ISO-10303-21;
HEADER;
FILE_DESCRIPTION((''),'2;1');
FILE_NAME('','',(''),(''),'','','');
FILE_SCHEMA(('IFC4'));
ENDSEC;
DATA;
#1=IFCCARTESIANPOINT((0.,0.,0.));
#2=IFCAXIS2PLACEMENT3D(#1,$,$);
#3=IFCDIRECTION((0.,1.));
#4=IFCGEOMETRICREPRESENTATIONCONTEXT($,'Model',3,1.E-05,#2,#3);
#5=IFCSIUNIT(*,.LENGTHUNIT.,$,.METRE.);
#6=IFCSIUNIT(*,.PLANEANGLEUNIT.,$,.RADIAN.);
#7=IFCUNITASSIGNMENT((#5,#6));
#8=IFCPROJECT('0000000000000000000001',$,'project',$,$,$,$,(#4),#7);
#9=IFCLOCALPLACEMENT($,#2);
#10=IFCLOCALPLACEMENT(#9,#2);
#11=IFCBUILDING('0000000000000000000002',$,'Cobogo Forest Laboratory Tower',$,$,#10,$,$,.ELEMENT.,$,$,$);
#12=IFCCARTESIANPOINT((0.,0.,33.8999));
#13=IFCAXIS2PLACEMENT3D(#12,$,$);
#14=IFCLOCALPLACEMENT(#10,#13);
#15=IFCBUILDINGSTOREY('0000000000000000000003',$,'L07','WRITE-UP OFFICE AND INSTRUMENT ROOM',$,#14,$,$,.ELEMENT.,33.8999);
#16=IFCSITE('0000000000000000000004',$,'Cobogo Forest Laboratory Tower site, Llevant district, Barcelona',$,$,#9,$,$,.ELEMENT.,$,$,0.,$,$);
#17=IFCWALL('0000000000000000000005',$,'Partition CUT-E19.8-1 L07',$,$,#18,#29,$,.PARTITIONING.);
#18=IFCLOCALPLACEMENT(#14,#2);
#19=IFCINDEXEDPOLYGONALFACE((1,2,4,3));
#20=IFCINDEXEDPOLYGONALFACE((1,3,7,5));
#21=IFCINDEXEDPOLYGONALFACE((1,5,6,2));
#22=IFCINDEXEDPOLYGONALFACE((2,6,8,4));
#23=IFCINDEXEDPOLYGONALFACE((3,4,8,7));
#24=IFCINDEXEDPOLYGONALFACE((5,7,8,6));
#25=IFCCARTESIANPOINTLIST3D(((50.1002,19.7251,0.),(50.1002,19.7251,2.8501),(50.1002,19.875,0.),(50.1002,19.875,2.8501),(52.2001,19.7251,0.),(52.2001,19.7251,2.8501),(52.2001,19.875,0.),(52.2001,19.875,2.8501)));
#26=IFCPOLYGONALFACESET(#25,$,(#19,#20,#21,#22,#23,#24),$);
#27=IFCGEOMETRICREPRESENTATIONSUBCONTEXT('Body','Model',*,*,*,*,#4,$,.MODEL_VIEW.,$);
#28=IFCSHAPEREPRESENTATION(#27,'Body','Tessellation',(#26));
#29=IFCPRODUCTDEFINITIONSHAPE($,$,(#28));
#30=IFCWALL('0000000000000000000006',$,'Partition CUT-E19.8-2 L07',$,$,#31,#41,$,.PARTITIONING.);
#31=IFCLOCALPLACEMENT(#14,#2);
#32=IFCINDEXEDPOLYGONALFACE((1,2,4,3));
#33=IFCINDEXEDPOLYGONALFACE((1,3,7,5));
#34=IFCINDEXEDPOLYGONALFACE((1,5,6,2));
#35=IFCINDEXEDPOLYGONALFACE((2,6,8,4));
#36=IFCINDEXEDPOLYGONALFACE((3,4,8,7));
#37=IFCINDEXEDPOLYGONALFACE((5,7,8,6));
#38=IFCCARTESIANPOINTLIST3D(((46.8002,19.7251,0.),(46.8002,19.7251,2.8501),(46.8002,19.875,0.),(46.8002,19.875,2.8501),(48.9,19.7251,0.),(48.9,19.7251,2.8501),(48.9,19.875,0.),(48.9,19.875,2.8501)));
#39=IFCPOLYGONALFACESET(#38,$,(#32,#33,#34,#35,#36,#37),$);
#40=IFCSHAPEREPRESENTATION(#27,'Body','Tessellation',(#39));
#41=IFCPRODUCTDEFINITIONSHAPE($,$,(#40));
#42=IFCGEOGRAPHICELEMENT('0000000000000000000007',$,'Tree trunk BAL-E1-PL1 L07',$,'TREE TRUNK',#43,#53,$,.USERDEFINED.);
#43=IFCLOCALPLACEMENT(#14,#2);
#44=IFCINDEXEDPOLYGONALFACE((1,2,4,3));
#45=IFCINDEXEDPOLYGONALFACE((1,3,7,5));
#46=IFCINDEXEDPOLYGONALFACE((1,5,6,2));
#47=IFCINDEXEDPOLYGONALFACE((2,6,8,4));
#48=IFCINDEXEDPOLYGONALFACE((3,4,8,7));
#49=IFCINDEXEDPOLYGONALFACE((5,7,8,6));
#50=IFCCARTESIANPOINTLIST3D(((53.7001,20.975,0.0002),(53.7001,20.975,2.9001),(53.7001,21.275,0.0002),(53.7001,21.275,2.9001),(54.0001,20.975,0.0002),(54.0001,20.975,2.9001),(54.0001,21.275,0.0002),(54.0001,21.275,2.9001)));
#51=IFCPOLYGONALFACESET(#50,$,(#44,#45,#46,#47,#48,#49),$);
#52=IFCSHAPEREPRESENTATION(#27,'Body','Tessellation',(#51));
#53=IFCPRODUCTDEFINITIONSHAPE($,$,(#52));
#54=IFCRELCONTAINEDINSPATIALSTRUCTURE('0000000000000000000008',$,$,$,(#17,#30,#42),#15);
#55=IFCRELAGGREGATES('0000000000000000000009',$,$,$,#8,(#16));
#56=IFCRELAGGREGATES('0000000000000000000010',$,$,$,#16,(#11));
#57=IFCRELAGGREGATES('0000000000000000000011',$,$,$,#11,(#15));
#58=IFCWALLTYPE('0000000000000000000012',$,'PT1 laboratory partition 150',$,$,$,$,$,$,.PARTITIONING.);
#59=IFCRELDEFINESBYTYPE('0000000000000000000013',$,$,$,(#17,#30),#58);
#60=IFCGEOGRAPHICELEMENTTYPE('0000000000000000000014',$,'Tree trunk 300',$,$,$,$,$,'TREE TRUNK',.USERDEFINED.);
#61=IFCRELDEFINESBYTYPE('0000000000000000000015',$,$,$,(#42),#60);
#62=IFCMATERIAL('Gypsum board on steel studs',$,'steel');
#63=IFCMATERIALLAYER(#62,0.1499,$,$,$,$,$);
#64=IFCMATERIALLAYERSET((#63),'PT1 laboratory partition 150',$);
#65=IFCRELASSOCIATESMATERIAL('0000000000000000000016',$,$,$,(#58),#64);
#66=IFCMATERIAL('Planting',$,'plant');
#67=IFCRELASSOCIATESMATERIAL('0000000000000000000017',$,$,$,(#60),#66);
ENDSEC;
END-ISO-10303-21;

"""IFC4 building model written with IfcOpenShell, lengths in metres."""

from ifc_helpers import new_model, si_unit, direction, frame, frame_2d, origin, origin_2d, place, context, subcontext, project, spatial, rectangle, extrude, material, layer, layer_set, type_object, element, save


model = new_model("IFC4")

# Units and contexts
model_context = context("Model", 3, precision=1e-05, world=origin(), true_north=direction((0.0, 1.0)))
body_context = subcontext(model_context, "Body", "Model", "MODEL_VIEW")
ifc_project = project(units=[si_unit("LENGTHUNIT", "METRE"), si_unit("PLANEANGLEUNIT", "RADIAN")], contexts=[model_context])

# Site, building, storey
site_placement = place(None, origin())
site = spatial("IfcSite", under=ifc_project, at=site_placement, Name="Cobogo Forest Laboratory Tower site, Llevant district, Barcelona", CompositionType="ELEMENT", RefElevation=0.0)
building_placement = place(site_placement, origin())
building = spatial("IfcBuilding", under=site, at=building_placement, Name="Cobogo Forest Laboratory Tower", CompositionType="ELEMENT")
storey_placement = place(building_placement, frame((0.0, 0.0, 33.8999)))
storey = spatial("IfcBuildingStorey", under=building, at=storey_placement, Name="L07", Description="WRITE-UP OFFICE AND INSTRUMENT ROOM", CompositionType="ELEMENT", Elevation=33.8999)

# Walls
ifc_material_1 = material(Name="Gypsum board on steel studs", Category="steel")
ifc_layer_1 = layer(ifc_material_1, 0.1499)
ifc_layer_set_1 = layer_set([ifc_layer_1], Name="PT1 laboratory partition 150")
wall_type_1 = type_object("IfcWallType", Name="PT1 laboratory partition 150", PredefinedType="PARTITIONING", material=ifc_layer_set_1)
for number, where, z_axis, x_axis, name in (
    (1, (52.2, 19.8, 0.0), (0.0, 0.0, 1.0), (-1.0, 0.0, 0.0), "Partition CUT-E19.8-1 L07"),
    (2, (48.8999, 19.8, 0.0), (0.0, 0.0, 1.0), (-1.0, 0.0, 0.0), "Partition CUT-E19.8-2 L07"),
):
    element("IfcWall", number, at=place(storey_placement, frame(where, z_axis=z_axis, x_axis=x_axis)), inside=storey, type_object=wall_type_1, Name=name, PredefinedType="PARTITIONING", context=body_context, shape_type="SweptSolid", body=[
        extrude(rectangle(XDim=2.0999, YDim=0.1499, at=frame_2d((1.0498, 0.0))), origin(), (0.0, 0.0, 1.0), 2.8501),
    ])

# Geographic element
ifc_material_2 = material(Name="Planting", Category="plant")
geographic_element_type = type_object("IfcGeographicElementType", Name="Tree trunk 300", ElementType="TREE TRUNK", PredefinedType="USERDEFINED", material=ifc_material_2)
geographic_element_placement = place(storey_placement, frame((53.8501, 21.125, 0.0002), z_axis=(0.0, 0.0, 1.0), x_axis=(1.0, 0.0, 0.0)))
element("IfcGeographicElement", 3, at=geographic_element_placement, inside=storey, type_object=geographic_element_type, Name="Tree trunk BAL-E1-PL1 L07", ObjectType="TREE TRUNK", PredefinedType="USERDEFINED", context=body_context, shape_type="SweptSolid", body=[
    extrude(rectangle(XDim=0.3, YDim=0.3, at=origin_2d()), origin(), (0.0, 0.0, 1.0), 2.8999),
])

save(model, "model.ifc")
